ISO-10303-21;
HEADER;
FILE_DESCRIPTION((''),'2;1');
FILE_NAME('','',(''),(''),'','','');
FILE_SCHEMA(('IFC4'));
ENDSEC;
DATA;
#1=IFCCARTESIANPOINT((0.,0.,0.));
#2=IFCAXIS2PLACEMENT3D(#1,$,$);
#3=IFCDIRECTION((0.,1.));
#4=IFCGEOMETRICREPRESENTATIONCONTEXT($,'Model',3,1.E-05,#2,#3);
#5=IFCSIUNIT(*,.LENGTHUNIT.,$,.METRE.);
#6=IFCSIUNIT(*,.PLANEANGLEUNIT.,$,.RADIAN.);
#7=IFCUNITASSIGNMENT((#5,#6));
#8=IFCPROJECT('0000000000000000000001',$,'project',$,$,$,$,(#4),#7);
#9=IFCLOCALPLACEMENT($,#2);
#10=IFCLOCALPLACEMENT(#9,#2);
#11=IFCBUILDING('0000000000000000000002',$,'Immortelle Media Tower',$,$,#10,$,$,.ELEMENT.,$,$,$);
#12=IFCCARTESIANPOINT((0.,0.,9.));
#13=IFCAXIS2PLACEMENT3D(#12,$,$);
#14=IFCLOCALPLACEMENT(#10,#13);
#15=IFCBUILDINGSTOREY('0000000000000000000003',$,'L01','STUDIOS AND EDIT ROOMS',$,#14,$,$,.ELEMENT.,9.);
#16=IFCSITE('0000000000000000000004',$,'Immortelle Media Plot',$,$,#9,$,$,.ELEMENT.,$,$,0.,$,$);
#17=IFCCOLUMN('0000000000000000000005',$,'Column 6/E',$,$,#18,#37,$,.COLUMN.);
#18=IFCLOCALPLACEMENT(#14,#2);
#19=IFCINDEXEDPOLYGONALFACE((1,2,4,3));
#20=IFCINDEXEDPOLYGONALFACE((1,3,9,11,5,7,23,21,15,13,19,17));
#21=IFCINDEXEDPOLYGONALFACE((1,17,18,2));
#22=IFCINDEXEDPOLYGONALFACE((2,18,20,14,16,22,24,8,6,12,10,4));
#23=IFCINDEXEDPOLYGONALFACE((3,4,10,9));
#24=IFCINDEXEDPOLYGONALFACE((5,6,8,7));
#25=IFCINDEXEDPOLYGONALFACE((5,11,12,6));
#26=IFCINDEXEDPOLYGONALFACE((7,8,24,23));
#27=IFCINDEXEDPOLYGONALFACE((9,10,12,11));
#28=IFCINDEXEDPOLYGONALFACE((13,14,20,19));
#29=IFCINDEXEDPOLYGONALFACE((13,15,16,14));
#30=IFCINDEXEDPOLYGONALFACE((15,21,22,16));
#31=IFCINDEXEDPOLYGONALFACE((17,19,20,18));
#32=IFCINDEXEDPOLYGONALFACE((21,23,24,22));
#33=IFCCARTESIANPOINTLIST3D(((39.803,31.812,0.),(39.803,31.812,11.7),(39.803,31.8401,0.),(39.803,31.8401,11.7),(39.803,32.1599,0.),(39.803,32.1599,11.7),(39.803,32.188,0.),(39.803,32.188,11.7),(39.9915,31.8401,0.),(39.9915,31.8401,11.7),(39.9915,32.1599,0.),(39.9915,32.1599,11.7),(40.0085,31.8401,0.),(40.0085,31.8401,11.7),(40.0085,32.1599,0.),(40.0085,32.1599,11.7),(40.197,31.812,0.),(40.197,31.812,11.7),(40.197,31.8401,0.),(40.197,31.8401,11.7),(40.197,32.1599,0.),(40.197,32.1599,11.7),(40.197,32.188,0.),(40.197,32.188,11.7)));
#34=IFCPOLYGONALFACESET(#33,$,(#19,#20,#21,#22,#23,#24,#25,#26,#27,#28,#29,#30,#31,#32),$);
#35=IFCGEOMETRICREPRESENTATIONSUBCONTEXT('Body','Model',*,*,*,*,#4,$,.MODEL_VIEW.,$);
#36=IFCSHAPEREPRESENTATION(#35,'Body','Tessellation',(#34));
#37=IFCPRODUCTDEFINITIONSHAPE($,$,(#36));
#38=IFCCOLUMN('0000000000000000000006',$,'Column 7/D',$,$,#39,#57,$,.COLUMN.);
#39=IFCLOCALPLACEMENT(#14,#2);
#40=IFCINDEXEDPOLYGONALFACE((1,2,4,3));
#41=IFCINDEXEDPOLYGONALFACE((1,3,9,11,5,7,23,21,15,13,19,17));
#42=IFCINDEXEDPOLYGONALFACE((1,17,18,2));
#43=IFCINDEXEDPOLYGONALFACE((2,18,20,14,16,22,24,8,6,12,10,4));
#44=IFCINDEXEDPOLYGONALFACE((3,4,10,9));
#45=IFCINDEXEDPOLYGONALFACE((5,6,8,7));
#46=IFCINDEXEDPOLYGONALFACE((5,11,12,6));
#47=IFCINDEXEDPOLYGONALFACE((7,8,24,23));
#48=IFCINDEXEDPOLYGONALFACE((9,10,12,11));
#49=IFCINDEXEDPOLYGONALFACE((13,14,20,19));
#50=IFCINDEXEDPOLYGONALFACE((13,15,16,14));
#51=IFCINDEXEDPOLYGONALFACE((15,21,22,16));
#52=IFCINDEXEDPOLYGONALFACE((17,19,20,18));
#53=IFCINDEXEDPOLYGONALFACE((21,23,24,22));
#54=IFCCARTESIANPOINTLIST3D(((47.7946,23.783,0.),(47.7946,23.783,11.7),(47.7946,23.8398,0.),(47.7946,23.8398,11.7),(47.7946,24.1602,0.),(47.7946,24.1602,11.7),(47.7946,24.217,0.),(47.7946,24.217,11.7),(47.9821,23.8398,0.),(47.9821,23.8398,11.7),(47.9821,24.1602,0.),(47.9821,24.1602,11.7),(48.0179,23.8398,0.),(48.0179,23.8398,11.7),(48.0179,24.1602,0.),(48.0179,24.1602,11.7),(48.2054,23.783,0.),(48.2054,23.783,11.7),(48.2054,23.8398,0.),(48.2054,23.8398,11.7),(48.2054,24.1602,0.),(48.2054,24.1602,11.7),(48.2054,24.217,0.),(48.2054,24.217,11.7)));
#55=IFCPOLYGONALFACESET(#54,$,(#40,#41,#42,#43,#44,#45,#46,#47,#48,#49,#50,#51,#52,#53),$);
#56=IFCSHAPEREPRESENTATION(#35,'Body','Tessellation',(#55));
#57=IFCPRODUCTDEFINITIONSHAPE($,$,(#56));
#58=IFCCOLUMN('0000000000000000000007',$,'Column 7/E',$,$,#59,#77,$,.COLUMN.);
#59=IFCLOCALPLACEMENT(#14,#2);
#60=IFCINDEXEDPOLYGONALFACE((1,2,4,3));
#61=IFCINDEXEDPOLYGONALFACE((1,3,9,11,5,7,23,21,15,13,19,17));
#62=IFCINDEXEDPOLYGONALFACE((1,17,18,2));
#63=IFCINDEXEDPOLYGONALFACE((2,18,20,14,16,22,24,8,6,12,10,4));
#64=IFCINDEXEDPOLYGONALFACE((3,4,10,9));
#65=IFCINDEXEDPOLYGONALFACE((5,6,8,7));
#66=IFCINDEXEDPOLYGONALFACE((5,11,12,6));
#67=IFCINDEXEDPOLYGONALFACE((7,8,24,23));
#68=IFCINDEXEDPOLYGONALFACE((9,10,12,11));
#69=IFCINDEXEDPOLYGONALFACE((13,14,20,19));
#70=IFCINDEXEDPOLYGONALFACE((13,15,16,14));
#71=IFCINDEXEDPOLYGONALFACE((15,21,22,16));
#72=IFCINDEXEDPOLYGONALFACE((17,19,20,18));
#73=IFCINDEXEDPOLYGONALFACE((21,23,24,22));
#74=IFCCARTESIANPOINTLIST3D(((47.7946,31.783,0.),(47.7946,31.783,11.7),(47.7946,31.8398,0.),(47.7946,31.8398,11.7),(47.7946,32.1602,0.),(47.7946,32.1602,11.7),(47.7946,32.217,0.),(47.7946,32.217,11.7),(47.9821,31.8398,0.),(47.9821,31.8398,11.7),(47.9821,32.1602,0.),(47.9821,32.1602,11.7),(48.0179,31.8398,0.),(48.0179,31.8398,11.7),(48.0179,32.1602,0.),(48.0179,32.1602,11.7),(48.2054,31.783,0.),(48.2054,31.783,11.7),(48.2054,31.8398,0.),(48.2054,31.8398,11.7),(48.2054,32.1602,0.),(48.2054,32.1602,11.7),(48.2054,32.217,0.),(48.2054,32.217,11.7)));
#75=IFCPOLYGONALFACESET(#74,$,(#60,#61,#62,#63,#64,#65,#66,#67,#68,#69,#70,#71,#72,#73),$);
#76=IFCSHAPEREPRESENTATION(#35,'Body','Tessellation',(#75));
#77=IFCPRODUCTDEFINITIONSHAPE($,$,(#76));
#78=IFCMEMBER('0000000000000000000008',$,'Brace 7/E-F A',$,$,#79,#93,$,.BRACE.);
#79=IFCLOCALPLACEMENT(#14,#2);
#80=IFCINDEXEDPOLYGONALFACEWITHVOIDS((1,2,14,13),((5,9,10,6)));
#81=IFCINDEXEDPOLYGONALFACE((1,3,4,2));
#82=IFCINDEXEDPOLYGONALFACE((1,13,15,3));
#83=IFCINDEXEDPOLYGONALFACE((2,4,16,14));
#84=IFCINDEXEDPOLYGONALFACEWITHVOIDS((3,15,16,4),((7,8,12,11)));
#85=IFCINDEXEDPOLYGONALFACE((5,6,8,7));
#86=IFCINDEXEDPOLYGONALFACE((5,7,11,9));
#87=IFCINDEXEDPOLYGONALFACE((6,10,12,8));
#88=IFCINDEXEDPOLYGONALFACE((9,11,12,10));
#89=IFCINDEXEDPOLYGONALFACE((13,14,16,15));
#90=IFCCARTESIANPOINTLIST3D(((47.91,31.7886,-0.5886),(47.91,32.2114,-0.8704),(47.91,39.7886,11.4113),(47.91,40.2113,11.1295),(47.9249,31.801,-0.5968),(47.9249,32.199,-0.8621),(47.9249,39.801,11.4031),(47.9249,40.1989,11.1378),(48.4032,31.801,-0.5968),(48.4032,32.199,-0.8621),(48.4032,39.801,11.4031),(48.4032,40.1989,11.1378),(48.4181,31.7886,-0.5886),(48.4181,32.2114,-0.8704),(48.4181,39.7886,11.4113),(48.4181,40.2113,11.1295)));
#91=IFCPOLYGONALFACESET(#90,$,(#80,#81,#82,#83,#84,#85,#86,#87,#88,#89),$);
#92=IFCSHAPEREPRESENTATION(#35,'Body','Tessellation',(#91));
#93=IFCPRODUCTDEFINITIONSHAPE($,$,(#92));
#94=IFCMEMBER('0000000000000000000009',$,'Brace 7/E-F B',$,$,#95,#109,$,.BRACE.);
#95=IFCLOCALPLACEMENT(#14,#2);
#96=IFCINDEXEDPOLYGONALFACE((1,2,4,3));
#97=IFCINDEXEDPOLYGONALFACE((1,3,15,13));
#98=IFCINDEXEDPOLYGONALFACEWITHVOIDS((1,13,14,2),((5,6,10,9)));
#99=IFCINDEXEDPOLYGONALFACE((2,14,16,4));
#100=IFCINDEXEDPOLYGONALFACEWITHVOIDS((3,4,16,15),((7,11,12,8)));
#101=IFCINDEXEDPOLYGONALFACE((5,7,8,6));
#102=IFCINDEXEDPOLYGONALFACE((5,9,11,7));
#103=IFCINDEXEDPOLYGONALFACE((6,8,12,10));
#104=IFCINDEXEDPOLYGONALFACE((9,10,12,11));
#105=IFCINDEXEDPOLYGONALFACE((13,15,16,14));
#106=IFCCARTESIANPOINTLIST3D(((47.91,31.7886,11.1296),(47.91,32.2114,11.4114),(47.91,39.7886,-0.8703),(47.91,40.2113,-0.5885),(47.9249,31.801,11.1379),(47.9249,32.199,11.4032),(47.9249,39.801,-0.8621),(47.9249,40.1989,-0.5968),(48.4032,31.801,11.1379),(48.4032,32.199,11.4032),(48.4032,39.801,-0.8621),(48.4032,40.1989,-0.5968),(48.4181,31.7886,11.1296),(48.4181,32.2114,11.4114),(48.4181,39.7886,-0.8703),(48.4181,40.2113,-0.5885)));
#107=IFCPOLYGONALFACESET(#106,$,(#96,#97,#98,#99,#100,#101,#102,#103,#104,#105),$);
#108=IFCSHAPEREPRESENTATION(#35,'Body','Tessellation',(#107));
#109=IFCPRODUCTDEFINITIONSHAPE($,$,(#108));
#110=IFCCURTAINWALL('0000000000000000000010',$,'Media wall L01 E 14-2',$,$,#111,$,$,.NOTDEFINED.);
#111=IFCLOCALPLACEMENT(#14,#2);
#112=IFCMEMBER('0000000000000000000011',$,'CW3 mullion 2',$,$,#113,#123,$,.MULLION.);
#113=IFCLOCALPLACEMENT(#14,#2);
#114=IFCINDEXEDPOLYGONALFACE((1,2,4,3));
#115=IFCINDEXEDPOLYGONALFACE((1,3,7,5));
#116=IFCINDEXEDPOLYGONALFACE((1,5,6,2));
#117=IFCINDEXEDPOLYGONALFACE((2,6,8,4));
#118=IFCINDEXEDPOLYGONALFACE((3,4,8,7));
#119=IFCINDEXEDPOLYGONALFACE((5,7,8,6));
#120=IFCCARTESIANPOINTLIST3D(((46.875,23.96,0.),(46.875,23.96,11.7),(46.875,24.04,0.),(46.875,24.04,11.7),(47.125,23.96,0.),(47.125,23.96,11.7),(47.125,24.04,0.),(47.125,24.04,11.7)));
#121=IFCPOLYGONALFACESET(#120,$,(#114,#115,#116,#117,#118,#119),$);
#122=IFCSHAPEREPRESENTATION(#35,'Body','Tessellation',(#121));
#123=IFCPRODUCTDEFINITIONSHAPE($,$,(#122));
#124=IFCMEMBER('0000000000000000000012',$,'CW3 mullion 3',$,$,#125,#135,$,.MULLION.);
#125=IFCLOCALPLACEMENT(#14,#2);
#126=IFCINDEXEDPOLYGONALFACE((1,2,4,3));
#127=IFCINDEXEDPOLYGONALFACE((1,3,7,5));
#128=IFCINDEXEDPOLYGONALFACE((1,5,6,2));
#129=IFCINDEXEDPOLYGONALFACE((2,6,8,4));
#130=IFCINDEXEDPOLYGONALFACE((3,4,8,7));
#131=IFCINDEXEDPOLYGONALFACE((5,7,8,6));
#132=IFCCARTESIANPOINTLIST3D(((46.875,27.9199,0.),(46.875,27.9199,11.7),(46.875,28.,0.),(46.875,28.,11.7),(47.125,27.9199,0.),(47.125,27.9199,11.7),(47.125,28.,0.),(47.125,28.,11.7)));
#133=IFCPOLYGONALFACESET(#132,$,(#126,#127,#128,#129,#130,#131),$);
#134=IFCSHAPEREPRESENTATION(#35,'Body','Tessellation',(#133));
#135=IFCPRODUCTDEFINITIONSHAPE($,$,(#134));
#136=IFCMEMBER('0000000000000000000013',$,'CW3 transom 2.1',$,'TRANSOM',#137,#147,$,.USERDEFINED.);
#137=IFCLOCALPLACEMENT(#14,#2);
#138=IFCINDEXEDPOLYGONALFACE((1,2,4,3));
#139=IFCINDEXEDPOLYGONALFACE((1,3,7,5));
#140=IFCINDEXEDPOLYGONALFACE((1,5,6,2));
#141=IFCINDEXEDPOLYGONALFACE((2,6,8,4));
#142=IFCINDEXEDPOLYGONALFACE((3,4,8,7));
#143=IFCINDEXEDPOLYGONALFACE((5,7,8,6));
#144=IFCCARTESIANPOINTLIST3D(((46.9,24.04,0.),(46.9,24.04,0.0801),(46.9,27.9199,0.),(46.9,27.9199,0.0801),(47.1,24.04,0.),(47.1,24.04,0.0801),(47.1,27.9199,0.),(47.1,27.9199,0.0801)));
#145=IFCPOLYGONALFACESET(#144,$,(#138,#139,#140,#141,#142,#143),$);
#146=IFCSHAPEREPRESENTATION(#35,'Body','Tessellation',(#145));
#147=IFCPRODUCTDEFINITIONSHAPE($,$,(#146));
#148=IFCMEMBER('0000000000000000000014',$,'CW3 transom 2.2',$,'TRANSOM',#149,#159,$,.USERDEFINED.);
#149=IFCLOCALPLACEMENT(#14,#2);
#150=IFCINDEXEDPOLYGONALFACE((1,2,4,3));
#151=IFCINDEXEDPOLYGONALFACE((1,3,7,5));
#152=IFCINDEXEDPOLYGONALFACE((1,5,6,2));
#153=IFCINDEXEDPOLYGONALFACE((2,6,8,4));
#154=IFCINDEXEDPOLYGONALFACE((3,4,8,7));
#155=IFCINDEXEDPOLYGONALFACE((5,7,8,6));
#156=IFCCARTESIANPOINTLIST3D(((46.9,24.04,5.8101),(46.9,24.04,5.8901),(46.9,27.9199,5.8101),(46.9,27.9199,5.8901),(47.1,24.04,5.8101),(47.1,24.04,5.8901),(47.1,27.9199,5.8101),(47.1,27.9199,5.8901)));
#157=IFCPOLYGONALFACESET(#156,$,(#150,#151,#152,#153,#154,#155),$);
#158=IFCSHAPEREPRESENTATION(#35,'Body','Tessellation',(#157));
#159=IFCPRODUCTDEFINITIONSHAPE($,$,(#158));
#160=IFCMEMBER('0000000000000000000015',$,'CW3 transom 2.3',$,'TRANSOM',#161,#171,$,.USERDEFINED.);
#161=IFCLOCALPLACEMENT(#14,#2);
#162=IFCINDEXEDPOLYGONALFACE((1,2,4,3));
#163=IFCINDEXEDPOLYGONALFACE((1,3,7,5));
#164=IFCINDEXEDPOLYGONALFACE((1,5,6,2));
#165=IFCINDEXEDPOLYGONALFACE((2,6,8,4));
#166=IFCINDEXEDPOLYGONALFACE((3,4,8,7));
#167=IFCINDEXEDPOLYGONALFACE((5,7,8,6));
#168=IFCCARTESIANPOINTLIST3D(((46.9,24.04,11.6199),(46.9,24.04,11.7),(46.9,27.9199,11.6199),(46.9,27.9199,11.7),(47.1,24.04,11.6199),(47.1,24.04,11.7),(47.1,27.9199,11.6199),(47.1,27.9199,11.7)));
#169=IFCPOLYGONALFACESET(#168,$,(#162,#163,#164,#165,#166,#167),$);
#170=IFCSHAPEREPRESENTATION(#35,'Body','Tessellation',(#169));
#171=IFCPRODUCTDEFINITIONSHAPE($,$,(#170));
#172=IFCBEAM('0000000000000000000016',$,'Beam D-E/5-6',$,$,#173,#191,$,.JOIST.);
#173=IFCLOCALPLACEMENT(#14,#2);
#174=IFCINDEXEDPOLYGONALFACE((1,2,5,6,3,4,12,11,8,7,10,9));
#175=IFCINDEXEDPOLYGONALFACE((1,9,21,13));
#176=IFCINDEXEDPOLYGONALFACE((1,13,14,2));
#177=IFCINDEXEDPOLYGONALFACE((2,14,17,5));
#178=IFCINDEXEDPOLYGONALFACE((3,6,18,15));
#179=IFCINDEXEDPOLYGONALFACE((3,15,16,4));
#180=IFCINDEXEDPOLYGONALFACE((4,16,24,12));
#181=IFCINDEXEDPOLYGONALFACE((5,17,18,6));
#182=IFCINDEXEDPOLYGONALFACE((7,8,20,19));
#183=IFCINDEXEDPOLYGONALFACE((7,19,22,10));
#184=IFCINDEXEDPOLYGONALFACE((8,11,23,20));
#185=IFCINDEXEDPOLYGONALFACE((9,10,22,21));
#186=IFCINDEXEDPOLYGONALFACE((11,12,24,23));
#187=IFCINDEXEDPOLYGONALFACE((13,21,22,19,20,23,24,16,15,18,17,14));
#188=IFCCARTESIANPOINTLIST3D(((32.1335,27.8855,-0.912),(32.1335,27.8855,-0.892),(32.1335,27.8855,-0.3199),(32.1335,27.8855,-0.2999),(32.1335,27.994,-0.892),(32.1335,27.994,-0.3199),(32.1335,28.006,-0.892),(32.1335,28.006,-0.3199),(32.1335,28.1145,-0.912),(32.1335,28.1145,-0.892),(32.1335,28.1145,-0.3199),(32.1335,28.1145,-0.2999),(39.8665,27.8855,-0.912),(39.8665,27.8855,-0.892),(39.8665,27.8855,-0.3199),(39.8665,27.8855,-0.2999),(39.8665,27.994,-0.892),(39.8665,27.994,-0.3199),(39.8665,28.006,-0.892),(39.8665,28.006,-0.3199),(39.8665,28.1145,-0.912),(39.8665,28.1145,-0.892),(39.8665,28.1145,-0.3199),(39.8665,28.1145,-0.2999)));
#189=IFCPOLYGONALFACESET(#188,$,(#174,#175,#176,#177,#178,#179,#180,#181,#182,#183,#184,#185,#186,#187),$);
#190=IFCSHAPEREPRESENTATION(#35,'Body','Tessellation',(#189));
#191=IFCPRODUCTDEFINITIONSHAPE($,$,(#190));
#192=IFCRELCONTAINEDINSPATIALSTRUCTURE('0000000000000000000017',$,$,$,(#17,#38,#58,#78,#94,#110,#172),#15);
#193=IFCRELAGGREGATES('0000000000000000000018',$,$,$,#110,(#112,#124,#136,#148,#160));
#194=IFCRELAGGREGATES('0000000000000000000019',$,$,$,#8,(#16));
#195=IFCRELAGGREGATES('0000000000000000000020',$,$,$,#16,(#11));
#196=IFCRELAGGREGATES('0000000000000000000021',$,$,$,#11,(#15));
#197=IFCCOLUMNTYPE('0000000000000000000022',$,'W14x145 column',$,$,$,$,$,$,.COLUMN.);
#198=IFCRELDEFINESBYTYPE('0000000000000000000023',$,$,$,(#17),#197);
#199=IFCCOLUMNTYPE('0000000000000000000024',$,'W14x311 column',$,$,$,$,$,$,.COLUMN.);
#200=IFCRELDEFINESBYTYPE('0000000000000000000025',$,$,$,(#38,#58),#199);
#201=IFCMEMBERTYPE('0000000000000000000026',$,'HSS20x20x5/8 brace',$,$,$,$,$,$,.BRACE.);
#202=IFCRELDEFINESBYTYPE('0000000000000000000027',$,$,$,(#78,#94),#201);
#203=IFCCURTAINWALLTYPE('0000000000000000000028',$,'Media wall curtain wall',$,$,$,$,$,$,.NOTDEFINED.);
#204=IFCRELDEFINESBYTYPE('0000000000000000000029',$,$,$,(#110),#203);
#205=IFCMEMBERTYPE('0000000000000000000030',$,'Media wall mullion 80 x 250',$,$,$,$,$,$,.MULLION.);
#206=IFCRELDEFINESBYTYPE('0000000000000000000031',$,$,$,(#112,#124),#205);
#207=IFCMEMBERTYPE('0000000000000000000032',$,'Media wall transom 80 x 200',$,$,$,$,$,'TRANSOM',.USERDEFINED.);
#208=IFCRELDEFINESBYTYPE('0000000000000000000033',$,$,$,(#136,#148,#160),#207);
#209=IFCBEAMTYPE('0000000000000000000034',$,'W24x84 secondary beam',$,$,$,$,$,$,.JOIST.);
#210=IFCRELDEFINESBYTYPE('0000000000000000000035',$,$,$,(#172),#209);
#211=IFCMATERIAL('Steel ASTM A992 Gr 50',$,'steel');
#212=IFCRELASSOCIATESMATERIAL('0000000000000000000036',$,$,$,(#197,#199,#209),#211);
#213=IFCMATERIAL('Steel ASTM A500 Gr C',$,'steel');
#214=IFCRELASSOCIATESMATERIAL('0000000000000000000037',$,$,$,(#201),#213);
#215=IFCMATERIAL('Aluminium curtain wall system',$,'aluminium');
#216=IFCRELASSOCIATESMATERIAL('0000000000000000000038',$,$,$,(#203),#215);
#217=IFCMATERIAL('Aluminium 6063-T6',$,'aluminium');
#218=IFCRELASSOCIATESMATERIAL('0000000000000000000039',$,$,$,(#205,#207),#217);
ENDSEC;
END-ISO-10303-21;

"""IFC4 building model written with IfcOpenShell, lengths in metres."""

from ifc_helpers import new_model, si_unit, direction, frame, origin, origin_2d, place, context, subcontext, project, spatial, rectangle, hollow_rectangle, i_section, extrude, material, material_profile, profile_set, type_object, element, aggregate, save


model = new_model("IFC4")

# Units and contexts
model_context = context("Model", 3, precision=1e-05, world=origin(), true_north=direction((0.0, 1.0)))
body_context = subcontext(model_context, "Body", "Model", "MODEL_VIEW")
ifc_project = project(units=[si_unit("LENGTHUNIT", "METRE"), si_unit("PLANEANGLEUNIT", "RADIAN")], contexts=[model_context])

# Site, building, storey
site_placement = place(None, origin())
site = spatial("IfcSite", under=ifc_project, at=site_placement, Name="Immortelle Media Plot", CompositionType="ELEMENT", RefElevation=0.0)
building_placement = place(site_placement, origin())
building = spatial("IfcBuilding", under=site, at=building_placement, Name="Immortelle Media Tower", CompositionType="ELEMENT")
storey_placement = place(building_placement, frame((0.0, 0.0, 9.0)))
storey = spatial("IfcBuildingStorey", under=building, at=storey_placement, Name="L01", Description="STUDIOS AND EDIT ROOMS", CompositionType="ELEMENT", Elevation=9.0)

# Columns
ifc_material_1 = material(Name="Steel ASTM A992 Gr 50", Category="steel")
ifc_material_profile_1 = material_profile(ifc_material_1, i_section(OverallWidth=0.394, OverallDepth=0.376, WebThickness=0.0171, FlangeThickness=0.0281, at=origin_2d()), Name="W14x145")
ifc_profile_set_1 = profile_set([ifc_material_profile_1], Name="Steel ASTM A992 Gr 50")
column_type_1 = type_object("IfcColumnType", Name="W14x145 column", PredefinedType="COLUMN", material=ifc_profile_set_1)
column_placement = place(storey_placement, frame((40.0, 32.0, 0.0), z_axis=(0.0, 0.0, 1.0), x_axis=(1.0, 0.0, 0.0)))
element("IfcColumn", 1, at=column_placement, inside=storey, type_object=column_type_1, Name="Column 6/E", PredefinedType="COLUMN", context=body_context, shape_type="SweptSolid", body=[
    extrude(i_section(OverallWidth=0.394, OverallDepth=0.376, WebThickness=0.0171, FlangeThickness=0.0281, at=origin_2d()), origin(), (0.0, 0.0, 1.0), 11.7),
])
ifc_material_profile_2 = material_profile(ifc_material_1, i_section(OverallWidth=0.4109, OverallDepth=0.4341, WebThickness=0.0359, FlangeThickness=0.0569, at=origin_2d()), Name="W14x311")
ifc_profile_set_2 = profile_set([ifc_material_profile_2], Name="Steel ASTM A992 Gr 50")
column_type_2 = type_object("IfcColumnType", Name="W14x311 column", PredefinedType="COLUMN", material=ifc_profile_set_2)
for number, where, z_axis, x_axis, name in (
    (2, (48.0, 24.0, 0.0), (0.0, 0.0, 1.0), (1.0, 0.0, 0.0), "Column 7/D"),
    (3, (48.0, 32.0, 0.0), (0.0, 0.0, 1.0), (1.0, 0.0, 0.0), "Column 7/E"),
):
    element("IfcColumn", number, at=place(storey_placement, frame(where, z_axis=z_axis, x_axis=x_axis)), inside=storey, type_object=column_type_2, Name=name, PredefinedType="COLUMN", context=body_context, shape_type="SweptSolid", body=[
        extrude(i_section(OverallWidth=0.4109, OverallDepth=0.4341, WebThickness=0.0359, FlangeThickness=0.0569, at=origin_2d()), origin(), (0.0, 0.0, 1.0), 11.7),
    ])

# Members
ifc_material_2 = material(Name="Steel ASTM A500 Gr C", Category="steel")
ifc_material_profile_3 = material_profile(ifc_material_2, hollow_rectangle(XDim=0.5081, YDim=0.5081, WallThickness=0.0149, at=origin_2d()), Name="HSS20x20x5/8 brace")
ifc_profile_set_3 = profile_set([ifc_material_profile_3], Name="Steel ASTM A500 Gr C")
member_type_1 = type_object("IfcMemberType", Name="HSS20x20x5/8 brace", PredefinedType="BRACE", material=ifc_profile_set_3)
for number, where, z_axis, x_axis, name in (
    (4, (48.1641, 32.0, -0.7295), (0.0, 0.5547, 0.83205), (-1.0, 0.0, 0.0), "Brace 7/E-F A"),
    (5, (48.1641, 32.0, 11.2705), (0.0, 0.5547, -0.83205), (-1.0, 0.0, 0.0), "Brace 7/E-F B"),
):
    element("IfcMember", number, at=place(storey_placement, frame(where, z_axis=z_axis, x_axis=x_axis)), inside=storey, type_object=member_type_1, Name=name, PredefinedType="BRACE", context=body_context, shape_type="SweptSolid", body=[
        extrude(hollow_rectangle(XDim=0.5081, YDim=0.5081, WallThickness=0.0149, at=origin_2d()), origin(), (0.0, 0.0, 1.0), 14.4221),
    ])

# Curtain wall, members
ifc_material_3 = material(Name="Aluminium curtain wall system", Category="aluminium")
curtain_wall_type = type_object("IfcCurtainWallType", Name="Media wall curtain wall", PredefinedType="NOTDEFINED", material=ifc_material_3)
curtain_wall_placement = place(storey_placement, origin())
curtain_wall = element("IfcCurtainWall", 6, at=curtain_wall_placement, inside=storey, type_object=curtain_wall_type, Name="Media wall L01 E 14-2", PredefinedType="NOTDEFINED")
ifc_material_4 = material(Name="Aluminium 6063-T6", Category="aluminium")
ifc_material_profile_4 = material_profile(ifc_material_4, rectangle(XDim=0.25, YDim=0.0801, at=origin_2d()), Name="AL 80x250")
ifc_profile_set_4 = profile_set([ifc_material_profile_4], Name="Aluminium 6063-T6")
member_type_2 = type_object("IfcMemberType", Name="Media wall mullion 80 x 250", PredefinedType="MULLION", material=ifc_profile_set_4)
member_1_placement = place(storey_placement, frame((47.0, 24.0, 0.0), z_axis=(0.0, 0.0, 1.0), x_axis=(-1.0, 0.0, 0.0)))
member_1 = element("IfcMember", 7, at=member_1_placement, type_object=member_type_2, Name="CW3 mullion 2", PredefinedType="MULLION", context=body_context, shape_type="SweptSolid", body=[
    extrude(rectangle(XDim=0.25, YDim=0.0801, at=origin_2d()), origin(), (0.0, 0.0, 1.0), 11.7),
])
member_2_placement = place(storey_placement, frame((47.0, 27.96, 0.0), z_axis=(0.0, 0.0, 1.0), x_axis=(-1.0, 0.0, 0.0)))
member_2 = element("IfcMember", 8, at=member_2_placement, type_object=member_type_2, Name="CW3 mullion 3", PredefinedType="MULLION", context=body_context, shape_type="SweptSolid", body=[
    extrude(rectangle(XDim=0.25, YDim=0.0801, at=origin_2d()), origin(), (0.0, 0.0, 1.0), 11.7),
])
ifc_material_profile_5 = material_profile(ifc_material_4, rectangle(XDim=0.2, YDim=0.0801, at=origin_2d()), Name="AL 80x200")
ifc_profile_set_5 = profile_set([ifc_material_profile_5], Name="Aluminium 6063-T6")
member_type_3 = type_object("IfcMemberType", Name="Media wall transom 80 x 200", ElementType="TRANSOM", PredefinedType="USERDEFINED", material=ifc_profile_set_5)
member_3_placement = place(storey_placement, frame((47.0, 24.04, 0.04), z_axis=(0.0, 1.0, 0.0), x_axis=(-1.0, 0.0, 0.0)))
member_3 = element("IfcMember", 9, at=member_3_placement, type_object=member_type_3, Name="CW3 transom 2.1", ObjectType="TRANSOM", PredefinedType="USERDEFINED", context=body_context, shape_type="SweptSolid", body=[
    extrude(rectangle(XDim=0.2, YDim=0.0801, at=origin_2d()), origin(), (0.0, 0.0, 1.0), 3.8799),
])
member_4_placement = place(storey_placement, frame((47.0, 24.04, 5.8501), z_axis=(0.0, 1.0, 0.0), x_axis=(-1.0, 0.0, 0.0)))
member_4 = element("IfcMember", 10, at=member_4_placement, type_object=member_type_3, Name="CW3 transom 2.2", ObjectType="TRANSOM", PredefinedType="USERDEFINED", context=body_context, shape_type="SweptSolid", body=[
    extrude(rectangle(XDim=0.2, YDim=0.0801, at=origin_2d()), origin(), (0.0, 0.0, 1.0), 3.8799),
])
member_5_placement = place(storey_placement, frame((47.0, 24.04, 11.6599), z_axis=(0.0, 1.0, 0.0), x_axis=(-1.0, 0.0, 0.0)))
member_5 = element("IfcMember", 11, at=member_5_placement, type_object=member_type_3, Name="CW3 transom 2.3", ObjectType="TRANSOM", PredefinedType="USERDEFINED", context=body_context, shape_type="SweptSolid", body=[
    extrude(rectangle(XDim=0.2, YDim=0.0801, at=origin_2d()), origin(), (0.0, 0.0, 1.0), 3.8799),
])

# Beam
ifc_material_profile_6 = material_profile(ifc_material_1, i_section(OverallWidth=0.229, OverallDepth=0.6121, WebThickness=0.012, FlangeThickness=0.02, at=origin_2d()), Name="W24x84")
ifc_profile_set_6 = profile_set([ifc_material_profile_6], Name="Steel ASTM A992 Gr 50")
beam_type_1 = type_object("IfcBeamType", Name="W24x84 secondary beam", PredefinedType="JOIST", material=ifc_profile_set_6)
beam_1_placement = place(storey_placement, frame((32.1335, 28.0, -0.606), z_axis=(1.0, 0.0, 0.0), x_axis=(0.0, 1.0, 0.0)))
element("IfcBeam", 12, at=beam_1_placement, inside=storey, type_object=beam_type_1, Name="Beam D-E/5-6", PredefinedType="JOIST", context=body_context, shape_type="SweptSolid", body=[
    extrude(i_section(OverallWidth=0.229, OverallDepth=0.6121, WebThickness=0.012, FlangeThickness=0.02, at=origin_2d()), origin(), (0.0, 0.0, 1.0), 7.7329),
])

aggregate(curtain_wall, [member_1, member_2, member_3, member_4, member_5])

save(model, "model.ifc")
